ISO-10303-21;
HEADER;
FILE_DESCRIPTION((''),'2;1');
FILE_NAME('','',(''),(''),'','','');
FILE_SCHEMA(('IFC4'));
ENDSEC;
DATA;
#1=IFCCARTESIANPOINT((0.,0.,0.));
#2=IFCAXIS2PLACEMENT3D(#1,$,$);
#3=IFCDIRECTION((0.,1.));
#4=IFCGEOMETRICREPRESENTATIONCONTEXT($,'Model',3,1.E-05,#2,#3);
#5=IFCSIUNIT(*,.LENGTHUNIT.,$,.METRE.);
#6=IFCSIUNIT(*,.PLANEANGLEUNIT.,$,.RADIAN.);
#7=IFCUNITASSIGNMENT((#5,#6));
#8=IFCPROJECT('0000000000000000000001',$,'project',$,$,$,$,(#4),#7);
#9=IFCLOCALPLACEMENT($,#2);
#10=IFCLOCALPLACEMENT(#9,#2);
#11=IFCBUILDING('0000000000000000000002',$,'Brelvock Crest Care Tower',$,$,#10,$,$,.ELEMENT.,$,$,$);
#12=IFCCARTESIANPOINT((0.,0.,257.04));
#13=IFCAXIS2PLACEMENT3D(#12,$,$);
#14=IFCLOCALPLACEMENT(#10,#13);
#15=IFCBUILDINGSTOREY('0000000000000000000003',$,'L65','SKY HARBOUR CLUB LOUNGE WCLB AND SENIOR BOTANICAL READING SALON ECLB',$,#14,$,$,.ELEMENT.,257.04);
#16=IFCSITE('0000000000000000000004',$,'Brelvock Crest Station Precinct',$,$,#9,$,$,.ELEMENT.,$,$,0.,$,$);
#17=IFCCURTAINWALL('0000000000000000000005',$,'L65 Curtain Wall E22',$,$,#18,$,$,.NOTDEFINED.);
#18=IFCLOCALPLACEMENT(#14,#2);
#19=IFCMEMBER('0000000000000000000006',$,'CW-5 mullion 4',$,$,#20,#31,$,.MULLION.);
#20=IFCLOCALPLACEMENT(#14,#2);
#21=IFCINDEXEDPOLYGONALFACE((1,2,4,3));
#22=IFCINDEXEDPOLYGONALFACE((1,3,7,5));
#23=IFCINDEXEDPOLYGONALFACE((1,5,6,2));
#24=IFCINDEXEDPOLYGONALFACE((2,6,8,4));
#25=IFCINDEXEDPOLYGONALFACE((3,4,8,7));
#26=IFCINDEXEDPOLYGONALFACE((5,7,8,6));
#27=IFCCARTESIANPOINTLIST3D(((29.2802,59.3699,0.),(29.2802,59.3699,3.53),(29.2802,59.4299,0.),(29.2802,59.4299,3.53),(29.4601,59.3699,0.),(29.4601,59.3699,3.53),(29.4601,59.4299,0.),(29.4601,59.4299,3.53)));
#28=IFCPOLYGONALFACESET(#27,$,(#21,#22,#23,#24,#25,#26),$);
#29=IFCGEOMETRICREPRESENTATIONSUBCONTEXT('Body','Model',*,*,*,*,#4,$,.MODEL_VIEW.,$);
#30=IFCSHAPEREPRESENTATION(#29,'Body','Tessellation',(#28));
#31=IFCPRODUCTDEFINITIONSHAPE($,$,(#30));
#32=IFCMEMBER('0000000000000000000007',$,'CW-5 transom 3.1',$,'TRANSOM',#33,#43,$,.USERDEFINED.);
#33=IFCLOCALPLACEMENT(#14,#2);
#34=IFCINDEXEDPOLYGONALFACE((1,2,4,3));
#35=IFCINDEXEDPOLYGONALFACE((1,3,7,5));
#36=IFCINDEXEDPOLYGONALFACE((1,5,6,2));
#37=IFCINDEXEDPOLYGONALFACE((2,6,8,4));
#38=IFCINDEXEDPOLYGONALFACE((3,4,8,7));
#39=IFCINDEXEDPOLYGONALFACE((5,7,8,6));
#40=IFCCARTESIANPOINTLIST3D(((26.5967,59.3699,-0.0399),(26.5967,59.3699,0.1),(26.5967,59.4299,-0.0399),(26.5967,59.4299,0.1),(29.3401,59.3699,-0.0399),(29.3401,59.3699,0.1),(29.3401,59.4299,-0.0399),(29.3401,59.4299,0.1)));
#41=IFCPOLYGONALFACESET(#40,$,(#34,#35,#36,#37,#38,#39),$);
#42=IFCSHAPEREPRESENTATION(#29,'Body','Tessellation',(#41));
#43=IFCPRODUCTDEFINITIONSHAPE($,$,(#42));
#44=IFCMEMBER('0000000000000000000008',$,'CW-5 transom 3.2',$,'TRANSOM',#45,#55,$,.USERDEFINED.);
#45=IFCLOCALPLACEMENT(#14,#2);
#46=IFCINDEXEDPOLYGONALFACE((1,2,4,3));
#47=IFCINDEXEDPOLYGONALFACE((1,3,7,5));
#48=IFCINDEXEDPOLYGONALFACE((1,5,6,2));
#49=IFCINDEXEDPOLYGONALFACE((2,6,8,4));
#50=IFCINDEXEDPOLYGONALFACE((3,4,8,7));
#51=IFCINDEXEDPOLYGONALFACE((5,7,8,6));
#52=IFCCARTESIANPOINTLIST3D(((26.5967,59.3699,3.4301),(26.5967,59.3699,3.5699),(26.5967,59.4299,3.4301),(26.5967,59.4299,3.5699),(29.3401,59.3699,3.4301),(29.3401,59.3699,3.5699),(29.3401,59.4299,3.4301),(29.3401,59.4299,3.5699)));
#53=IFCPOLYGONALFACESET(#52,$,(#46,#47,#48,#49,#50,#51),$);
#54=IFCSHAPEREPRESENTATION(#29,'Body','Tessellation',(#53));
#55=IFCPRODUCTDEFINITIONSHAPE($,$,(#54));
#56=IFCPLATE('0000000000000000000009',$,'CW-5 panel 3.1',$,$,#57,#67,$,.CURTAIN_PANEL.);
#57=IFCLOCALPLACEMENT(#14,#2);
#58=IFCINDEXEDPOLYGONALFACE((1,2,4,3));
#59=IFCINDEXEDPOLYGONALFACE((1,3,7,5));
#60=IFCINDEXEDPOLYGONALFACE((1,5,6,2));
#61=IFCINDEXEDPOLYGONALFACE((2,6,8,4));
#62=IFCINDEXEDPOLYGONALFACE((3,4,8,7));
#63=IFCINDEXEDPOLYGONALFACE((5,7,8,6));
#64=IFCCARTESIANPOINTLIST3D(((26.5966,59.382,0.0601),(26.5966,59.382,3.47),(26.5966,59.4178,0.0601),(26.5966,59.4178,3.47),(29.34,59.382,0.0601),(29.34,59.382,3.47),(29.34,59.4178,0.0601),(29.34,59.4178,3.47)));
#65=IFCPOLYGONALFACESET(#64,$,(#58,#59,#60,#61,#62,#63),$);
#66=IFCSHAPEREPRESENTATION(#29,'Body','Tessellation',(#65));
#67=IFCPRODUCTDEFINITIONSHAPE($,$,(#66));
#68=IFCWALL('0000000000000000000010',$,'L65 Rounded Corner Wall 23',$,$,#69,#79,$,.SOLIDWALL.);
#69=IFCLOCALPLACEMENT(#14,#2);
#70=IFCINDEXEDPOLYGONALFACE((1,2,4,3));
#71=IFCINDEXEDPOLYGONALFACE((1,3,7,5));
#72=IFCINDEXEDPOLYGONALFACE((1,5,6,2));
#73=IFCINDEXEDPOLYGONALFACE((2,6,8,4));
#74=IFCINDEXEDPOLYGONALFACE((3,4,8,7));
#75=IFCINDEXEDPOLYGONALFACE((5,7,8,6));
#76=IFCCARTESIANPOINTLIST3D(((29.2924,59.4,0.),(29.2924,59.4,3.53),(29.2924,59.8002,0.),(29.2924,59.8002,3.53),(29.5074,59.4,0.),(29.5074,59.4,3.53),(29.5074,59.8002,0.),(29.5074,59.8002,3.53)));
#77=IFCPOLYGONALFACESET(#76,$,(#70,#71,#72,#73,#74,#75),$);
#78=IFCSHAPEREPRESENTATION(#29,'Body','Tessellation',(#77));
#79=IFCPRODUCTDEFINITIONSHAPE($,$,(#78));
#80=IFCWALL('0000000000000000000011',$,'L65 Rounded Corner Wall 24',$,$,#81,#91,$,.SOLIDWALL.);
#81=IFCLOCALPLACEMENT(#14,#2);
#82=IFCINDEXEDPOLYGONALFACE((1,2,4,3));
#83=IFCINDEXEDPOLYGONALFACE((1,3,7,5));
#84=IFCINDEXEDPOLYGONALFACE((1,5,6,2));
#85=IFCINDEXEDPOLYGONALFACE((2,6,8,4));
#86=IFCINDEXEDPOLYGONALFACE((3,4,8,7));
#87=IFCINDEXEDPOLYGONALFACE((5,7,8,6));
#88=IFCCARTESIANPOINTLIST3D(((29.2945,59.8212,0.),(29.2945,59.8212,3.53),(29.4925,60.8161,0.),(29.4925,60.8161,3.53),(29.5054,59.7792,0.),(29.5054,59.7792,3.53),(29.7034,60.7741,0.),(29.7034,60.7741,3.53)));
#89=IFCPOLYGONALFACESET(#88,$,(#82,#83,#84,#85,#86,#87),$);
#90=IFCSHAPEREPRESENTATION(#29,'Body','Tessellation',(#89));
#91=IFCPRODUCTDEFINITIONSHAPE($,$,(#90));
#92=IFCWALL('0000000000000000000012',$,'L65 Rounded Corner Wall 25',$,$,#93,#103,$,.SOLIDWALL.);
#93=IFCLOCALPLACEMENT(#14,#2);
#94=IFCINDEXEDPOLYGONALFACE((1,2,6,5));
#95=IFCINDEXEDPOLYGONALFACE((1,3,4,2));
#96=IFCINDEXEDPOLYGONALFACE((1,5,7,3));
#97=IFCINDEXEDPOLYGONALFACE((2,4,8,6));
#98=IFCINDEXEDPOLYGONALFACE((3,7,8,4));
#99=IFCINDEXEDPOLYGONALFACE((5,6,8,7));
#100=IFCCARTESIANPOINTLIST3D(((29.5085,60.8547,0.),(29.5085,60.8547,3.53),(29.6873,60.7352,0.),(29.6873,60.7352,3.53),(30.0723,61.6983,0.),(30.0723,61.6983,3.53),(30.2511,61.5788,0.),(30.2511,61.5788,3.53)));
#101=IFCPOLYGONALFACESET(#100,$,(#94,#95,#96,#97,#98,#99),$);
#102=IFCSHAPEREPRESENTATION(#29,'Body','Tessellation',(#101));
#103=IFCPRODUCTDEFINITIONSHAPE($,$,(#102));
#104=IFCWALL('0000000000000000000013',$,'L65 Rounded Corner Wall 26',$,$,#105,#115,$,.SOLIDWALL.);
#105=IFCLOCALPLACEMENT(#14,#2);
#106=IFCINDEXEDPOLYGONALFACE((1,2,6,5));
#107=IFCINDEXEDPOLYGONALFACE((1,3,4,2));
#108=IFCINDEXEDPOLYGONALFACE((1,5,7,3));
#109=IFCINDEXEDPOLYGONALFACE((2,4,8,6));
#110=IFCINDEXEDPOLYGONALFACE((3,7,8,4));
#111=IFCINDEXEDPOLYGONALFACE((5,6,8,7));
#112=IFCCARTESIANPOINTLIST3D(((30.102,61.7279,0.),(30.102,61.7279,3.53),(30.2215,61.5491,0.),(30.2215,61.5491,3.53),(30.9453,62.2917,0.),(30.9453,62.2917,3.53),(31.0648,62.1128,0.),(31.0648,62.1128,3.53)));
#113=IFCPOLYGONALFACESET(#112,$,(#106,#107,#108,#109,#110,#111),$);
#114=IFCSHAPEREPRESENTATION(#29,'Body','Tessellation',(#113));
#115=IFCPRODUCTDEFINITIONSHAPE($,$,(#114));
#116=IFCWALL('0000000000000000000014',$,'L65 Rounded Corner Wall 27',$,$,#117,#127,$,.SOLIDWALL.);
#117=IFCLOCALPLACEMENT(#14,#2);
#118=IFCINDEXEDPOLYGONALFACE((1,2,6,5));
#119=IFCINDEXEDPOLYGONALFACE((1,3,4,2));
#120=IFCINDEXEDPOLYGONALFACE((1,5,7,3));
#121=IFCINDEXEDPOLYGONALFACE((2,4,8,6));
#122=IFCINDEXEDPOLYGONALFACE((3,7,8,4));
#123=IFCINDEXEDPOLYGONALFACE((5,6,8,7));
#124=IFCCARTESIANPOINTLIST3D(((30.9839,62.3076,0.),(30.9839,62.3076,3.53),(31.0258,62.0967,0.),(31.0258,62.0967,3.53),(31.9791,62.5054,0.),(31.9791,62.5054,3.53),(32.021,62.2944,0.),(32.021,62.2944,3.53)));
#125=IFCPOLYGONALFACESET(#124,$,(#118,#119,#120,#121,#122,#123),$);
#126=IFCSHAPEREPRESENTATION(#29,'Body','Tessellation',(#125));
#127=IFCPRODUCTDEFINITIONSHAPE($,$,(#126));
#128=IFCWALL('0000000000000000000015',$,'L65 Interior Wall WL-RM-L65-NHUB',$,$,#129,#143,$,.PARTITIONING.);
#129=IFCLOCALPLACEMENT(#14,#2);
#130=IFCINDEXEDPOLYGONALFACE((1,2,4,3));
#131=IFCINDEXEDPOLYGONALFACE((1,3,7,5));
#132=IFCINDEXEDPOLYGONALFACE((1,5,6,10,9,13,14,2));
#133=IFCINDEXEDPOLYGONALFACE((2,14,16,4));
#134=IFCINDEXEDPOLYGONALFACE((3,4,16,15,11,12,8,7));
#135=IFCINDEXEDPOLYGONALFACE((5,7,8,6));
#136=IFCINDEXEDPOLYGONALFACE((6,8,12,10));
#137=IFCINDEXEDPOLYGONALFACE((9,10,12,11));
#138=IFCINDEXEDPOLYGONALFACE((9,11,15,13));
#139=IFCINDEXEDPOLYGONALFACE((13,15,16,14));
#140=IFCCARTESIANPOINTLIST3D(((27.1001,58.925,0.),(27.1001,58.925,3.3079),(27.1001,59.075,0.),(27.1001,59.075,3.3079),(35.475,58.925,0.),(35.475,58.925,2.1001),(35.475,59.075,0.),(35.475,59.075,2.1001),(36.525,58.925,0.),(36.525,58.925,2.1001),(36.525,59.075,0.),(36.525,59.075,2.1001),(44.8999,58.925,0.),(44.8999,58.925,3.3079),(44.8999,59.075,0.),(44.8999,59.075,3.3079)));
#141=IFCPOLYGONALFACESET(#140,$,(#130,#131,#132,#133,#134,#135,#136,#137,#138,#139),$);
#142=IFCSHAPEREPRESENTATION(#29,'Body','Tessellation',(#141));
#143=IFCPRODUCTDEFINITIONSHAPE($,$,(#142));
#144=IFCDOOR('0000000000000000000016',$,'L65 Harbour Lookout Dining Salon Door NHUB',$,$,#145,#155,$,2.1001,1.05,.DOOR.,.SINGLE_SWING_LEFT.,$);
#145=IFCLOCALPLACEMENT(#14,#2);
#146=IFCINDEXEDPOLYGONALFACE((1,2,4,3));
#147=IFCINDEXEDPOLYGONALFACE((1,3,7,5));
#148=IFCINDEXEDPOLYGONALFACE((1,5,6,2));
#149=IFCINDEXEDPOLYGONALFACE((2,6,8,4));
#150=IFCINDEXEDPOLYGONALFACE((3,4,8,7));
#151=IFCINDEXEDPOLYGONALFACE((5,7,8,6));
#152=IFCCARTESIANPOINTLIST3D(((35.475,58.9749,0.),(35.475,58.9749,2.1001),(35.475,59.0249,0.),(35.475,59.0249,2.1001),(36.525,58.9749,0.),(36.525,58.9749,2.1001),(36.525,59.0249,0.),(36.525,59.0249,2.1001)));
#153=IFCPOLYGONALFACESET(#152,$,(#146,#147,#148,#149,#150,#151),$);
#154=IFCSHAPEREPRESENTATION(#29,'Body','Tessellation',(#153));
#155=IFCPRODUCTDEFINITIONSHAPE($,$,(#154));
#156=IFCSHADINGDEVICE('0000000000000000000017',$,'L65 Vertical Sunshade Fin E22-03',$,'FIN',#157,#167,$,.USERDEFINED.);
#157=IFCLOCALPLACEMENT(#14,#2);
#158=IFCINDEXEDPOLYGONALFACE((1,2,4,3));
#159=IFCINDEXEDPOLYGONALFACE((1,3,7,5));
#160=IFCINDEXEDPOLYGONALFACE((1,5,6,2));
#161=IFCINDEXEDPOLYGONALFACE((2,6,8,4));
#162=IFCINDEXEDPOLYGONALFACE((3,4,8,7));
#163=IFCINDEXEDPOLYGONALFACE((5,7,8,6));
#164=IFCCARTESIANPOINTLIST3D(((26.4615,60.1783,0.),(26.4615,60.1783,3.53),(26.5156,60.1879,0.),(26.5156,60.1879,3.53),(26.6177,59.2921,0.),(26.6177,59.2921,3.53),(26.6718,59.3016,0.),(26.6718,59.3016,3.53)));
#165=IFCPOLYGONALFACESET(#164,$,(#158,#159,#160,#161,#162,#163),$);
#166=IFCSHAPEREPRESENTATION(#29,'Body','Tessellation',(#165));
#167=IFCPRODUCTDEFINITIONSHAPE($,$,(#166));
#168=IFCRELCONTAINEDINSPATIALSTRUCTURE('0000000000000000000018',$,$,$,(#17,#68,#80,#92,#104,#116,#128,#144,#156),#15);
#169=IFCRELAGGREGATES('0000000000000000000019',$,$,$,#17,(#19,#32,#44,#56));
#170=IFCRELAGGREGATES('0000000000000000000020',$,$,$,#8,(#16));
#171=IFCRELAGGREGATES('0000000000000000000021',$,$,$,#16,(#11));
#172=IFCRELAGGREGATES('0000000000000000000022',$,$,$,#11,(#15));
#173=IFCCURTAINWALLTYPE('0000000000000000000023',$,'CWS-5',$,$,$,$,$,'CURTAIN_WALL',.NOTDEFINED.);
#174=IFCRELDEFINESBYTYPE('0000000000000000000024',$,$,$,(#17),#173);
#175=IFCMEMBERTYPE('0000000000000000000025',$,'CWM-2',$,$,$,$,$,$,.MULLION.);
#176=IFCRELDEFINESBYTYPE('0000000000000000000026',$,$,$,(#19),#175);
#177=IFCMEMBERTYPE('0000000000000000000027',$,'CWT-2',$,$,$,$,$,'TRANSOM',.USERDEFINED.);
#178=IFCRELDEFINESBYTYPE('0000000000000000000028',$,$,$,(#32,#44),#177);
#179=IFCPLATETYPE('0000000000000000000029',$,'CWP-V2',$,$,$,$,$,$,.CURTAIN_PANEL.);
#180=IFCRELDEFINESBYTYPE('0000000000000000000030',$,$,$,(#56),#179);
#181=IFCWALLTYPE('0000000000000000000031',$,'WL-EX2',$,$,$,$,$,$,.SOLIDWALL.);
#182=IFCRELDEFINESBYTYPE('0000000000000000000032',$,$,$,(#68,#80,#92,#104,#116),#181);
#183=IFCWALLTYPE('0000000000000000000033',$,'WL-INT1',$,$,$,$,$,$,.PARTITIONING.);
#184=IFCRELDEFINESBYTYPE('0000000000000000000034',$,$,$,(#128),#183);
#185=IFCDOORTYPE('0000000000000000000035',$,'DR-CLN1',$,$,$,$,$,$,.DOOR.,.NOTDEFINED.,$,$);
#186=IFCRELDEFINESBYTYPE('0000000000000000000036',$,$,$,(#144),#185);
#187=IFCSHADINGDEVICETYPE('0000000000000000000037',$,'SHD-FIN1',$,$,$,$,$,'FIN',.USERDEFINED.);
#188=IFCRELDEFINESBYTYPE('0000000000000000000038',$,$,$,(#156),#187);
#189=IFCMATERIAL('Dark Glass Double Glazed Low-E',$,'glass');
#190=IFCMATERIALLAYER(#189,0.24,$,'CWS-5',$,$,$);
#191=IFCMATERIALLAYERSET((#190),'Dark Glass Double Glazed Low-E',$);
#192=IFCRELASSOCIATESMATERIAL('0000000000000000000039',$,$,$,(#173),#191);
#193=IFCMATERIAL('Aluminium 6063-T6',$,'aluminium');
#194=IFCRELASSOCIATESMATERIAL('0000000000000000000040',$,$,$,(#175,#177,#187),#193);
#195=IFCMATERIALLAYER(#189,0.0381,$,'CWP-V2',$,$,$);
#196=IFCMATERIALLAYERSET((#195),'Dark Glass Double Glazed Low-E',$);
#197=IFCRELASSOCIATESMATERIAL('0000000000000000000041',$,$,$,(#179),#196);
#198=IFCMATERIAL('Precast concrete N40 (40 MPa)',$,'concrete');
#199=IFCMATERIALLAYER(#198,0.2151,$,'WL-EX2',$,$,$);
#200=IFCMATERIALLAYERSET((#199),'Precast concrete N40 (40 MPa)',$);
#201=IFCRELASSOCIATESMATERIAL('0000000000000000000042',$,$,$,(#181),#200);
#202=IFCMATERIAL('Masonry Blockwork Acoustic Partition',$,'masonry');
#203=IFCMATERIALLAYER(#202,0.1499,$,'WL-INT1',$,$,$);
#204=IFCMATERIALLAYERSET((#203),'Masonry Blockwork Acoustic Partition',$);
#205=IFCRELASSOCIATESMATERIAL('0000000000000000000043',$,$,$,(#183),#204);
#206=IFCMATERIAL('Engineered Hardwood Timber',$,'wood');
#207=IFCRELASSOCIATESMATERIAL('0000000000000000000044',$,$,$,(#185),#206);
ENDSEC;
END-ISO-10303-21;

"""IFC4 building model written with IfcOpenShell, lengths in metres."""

from ifc_helpers import new_model, si_unit, direction, frame, frame_2d, origin, origin_2d, place, context, subcontext, project, spatial, rectangle, extrude, source, transform, mapped, material, layer, layer_set, material_profile, profile_set, type_object, element, fill, aggregate, save


model = new_model("IFC4")

# Units and contexts
model_context = context("Model", 3, precision=1e-05, world=origin(), true_north=direction((0.0, 1.0)))
body_context = subcontext(model_context, "Body", "Model", "MODEL_VIEW")
ifc_project = project(units=[si_unit("LENGTHUNIT", "METRE"), si_unit("PLANEANGLEUNIT", "RADIAN")], contexts=[model_context])

# Site, building, storey
site_placement = place(None, origin())
site = spatial("IfcSite", under=ifc_project, at=site_placement, Name="Brelvock Crest Station Precinct", CompositionType="ELEMENT", RefElevation=0.0)
building_placement = place(site_placement, origin())
building = spatial("IfcBuilding", under=site, at=building_placement, Name="Brelvock Crest Care Tower", CompositionType="ELEMENT")
storey_placement = place(building_placement, frame((0.0, 0.0, 257.04)))
storey = spatial("IfcBuildingStorey", under=building, at=storey_placement, Name="L65", Description="SKY HARBOUR CLUB LOUNGE WCLB AND SENIOR BOTANICAL READING SALON ECLB", CompositionType="ELEMENT", Elevation=257.04)

# Curtain wall, members, plate
ifc_material_1 = material(Name="Dark Glass Double Glazed Low-E", Category="glass")
ifc_layer_1 = layer(ifc_material_1, 0.24, Name="CWS-5")
ifc_layer_set_1 = layer_set([ifc_layer_1], Name="Dark Glass Double Glazed Low-E")
curtain_wall_type = type_object("IfcCurtainWallType", Name="CWS-5", ElementType="CURTAIN_WALL", PredefinedType="NOTDEFINED", material=ifc_layer_set_1)
curtain_wall_placement = place(storey_placement, origin())
curtain_wall = element("IfcCurtainWall", 1, at=curtain_wall_placement, inside=storey, type_object=curtain_wall_type, Name="L65 Curtain Wall E22", PredefinedType="NOTDEFINED")
ifc_material_2 = material(Name="Aluminium 6063-T6", Category="aluminium")
ifc_material_profile_1 = material_profile(ifc_material_2, rectangle(XDim=0.0601, YDim=0.1799, at=origin_2d()), Name="ALU60x180")
ifc_profile_set_1 = profile_set([ifc_material_profile_1], Name="Aluminium 6063-T6")
member_type_1 = type_object("IfcMemberType", Name="CWM-2", PredefinedType="MULLION", material=ifc_profile_set_1)
shared_shape_1 = source(origin(), body_context, "Body", "SweptSolid", [
    extrude(rectangle(XDim=0.0601, YDim=0.1799, at=origin_2d()), origin(), (0.0, 0.0, 1.0), 3.53),
])
member_1_placement = place(storey_placement, frame((29.3701, 59.3999, 0.0), z_axis=(0.0, 0.0, 1.0), x_axis=(0.0, 1.0, 0.0)))
member_1 = element("IfcMember", 2, at=member_1_placement, type_object=member_type_1, Name="CW-5 mullion 4", PredefinedType="MULLION", context=body_context, shape_type="MappedRepresentation", body=[
    mapped(shared_shape_1, transform((0.0, 0.0, 0.0), x_axis=(1.0, 0.0, 0.0), y_axis=(0.0, 1.0, 0.0), z_axis=(0.0, 0.0, 1.0), scale=1.0)),
])
ifc_material_profile_2 = material_profile(ifc_material_2, rectangle(XDim=0.0601, YDim=0.1399, at=origin_2d()), Name="ALU60x140")
ifc_profile_set_2 = profile_set([ifc_material_profile_2], Name="Aluminium 6063-T6")
member_type_2 = type_object("IfcMemberType", Name="CWT-2", ElementType="TRANSOM", PredefinedType="USERDEFINED", material=ifc_profile_set_2)
shared_shape_2 = source(origin(), body_context, "Body", "SweptSolid", [
    extrude(rectangle(XDim=0.0601, YDim=0.1399, at=origin_2d()), origin(), (0.0, 0.0, 1.0), 2.7434),
])
member_2_placement = place(storey_placement, frame((26.5967, 59.3999, 0.03), z_axis=(1.0, 0.0, 0.0), x_axis=(0.0, 1.0, 0.0)))
member_2 = element("IfcMember", 3, at=member_2_placement, type_object=member_type_2, Name="CW-5 transom 3.1", ObjectType="TRANSOM", PredefinedType="USERDEFINED", context=body_context, shape_type="MappedRepresentation", body=[
    mapped(shared_shape_2, transform((0.0, 0.0, 0.0), x_axis=(1.0, 0.0, 0.0), y_axis=(0.0, 1.0, 0.0), z_axis=(0.0, 0.0, 1.0), scale=1.0)),
])
member_3_placement = place(storey_placement, frame((26.5967, 59.3999, 3.5), z_axis=(1.0, 0.0, 0.0), x_axis=(0.0, 1.0, 0.0)))
member_3 = element("IfcMember", 4, at=member_3_placement, type_object=member_type_2, Name="CW-5 transom 3.2", ObjectType="TRANSOM", PredefinedType="USERDEFINED", context=body_context, shape_type="MappedRepresentation", body=[
    mapped(shared_shape_2, transform((0.0, 0.0, 0.0), x_axis=(1.0, 0.0, 0.0), y_axis=(0.0, 1.0, 0.0), z_axis=(0.0, 0.0, 1.0), scale=1.0)),
])
ifc_layer_2 = layer(ifc_material_1, 0.0381, Name="CWP-V2")
ifc_layer_set_2 = layer_set([ifc_layer_2], Name="Dark Glass Double Glazed Low-E")
plate_type = type_object("IfcPlateType", Name="CWP-V2", PredefinedType="CURTAIN_PANEL", material=ifc_layer_set_2)
shared_shape_3 = source(origin(), body_context, "Body", "SweptSolid", [
    extrude(rectangle(XDim=2.7434, YDim=0.0359, at=origin_2d()), origin(), (0.0, 0.0, 1.0), 3.4099),
])
plate_placement = place(storey_placement, frame((27.9683, 59.3999, 0.0601), z_axis=(0.0, 0.0, 1.0), x_axis=(1.0, 0.0, 0.0)))
plate = element("IfcPlate", 5, at=plate_placement, type_object=plate_type, Name="CW-5 panel 3.1", PredefinedType="CURTAIN_PANEL", context=body_context, shape_type="MappedRepresentation", body=[
    mapped(shared_shape_3, transform((0.0, 0.0, 0.0), x_axis=(1.0, 0.0, 0.0), y_axis=(0.0, 1.0, 0.0), z_axis=(0.0, 0.0, 1.0), scale=1.0)),
])
aggregate(curtain_wall, [member_1, member_2, member_3, plate])

# Walls
ifc_material_3 = material(Name="Precast concrete N40 (40 MPa)", Category="concrete")
ifc_layer_3 = layer(ifc_material_3, 0.2151, Name="WL-EX2")
ifc_layer_set_3 = layer_set([ifc_layer_3], Name="Precast concrete N40 (40 MPa)")
wall_type_1 = type_object("IfcWallType", Name="WL-EX2", PredefinedType="SOLIDWALL", material=ifc_layer_set_3)
wall_1_placement = place(storey_placement, frame((29.3999, 59.3999, 0.0), z_axis=(0.0, 0.0, 1.0), x_axis=(0.0, 1.0, 0.0)))
element("IfcWall", 6, at=wall_1_placement, inside=storey, type_object=wall_type_1, Name="L65 Rounded Corner Wall 23", PredefinedType="SOLIDWALL", context=body_context, shape_type="SweptSolid", body=[
    extrude(rectangle(XDim=0.4001, YDim=0.2151, at=frame_2d((0.2002, 0.0))), origin(), (0.0, 0.0, 1.0), 3.53),
])
wall_2_placement = place(storey_placement, frame((29.3999, 59.8, 0.0), z_axis=(0.0, 0.0, 1.0), x_axis=(0.19519, 0.980765, 0.0)))
element("IfcWall", 7, at=wall_2_placement, inside=storey, type_object=wall_type_1, Name="L65 Rounded Corner Wall 24", PredefinedType="SOLIDWALL", context=body_context, shape_type="SweptSolid", body=[
    extrude(rectangle(XDim=1.0144, YDim=0.2151, at=frame_2d((0.5073, 0.0))), origin(), (0.0, 0.0, 1.0), 3.53),
])
wall_3_placement = place(storey_placement, frame((29.5979, 60.7949, 0.0), z_axis=(0.0, 0.0, 1.0), x_axis=(0.555644, 0.83142, 0.0)))
element("IfcWall", 8, at=wall_3_placement, inside=storey, type_object=wall_type_1, Name="L65 Rounded Corner Wall 25", PredefinedType="SOLIDWALL", context=body_context, shape_type="SweptSolid", body=[
    extrude(rectangle(XDim=1.0146, YDim=0.2151, at=frame_2d((0.5073, 0.0))), origin(), (0.0, 0.0, 1.0), 3.53),
])
wall_4_placement = place(storey_placement, frame((30.1616, 61.6384, 0.0), z_axis=(0.0, 0.0, 1.0), x_axis=(0.831346, 0.555755, 0.0)))
element("IfcWall", 9, at=wall_4_placement, inside=storey, type_object=wall_type_1, Name="L65 Rounded Corner Wall 26", PredefinedType="SOLIDWALL", context=body_context, shape_type="SweptSolid", body=[
    extrude(rectangle(XDim=1.0144, YDim=0.2151, at=frame_2d((0.5073, 0.0))), origin(), (0.0, 0.0, 1.0), 3.53),
])
wall_5_placement = place(storey_placement, frame((31.0049, 62.2021, 0.0), z_axis=(0.0, 0.0, 1.0), x_axis=(0.980821, 0.194913, 0.0)))
element("IfcWall", 10, at=wall_5_placement, inside=storey, type_object=wall_type_1, Name="L65 Rounded Corner Wall 27", PredefinedType="SOLIDWALL", context=body_context, shape_type="SweptSolid", body=[
    extrude(rectangle(XDim=1.0146, YDim=0.2151, at=frame_2d((0.5073, 0.0))), origin(), (0.0, 0.0, 1.0), 3.53),
])

# Wall, opening, door
ifc_material_4 = material(Name="Masonry Blockwork Acoustic Partition", Category="masonry")
ifc_layer_4 = layer(ifc_material_4, 0.1499, Name="WL-INT1")
ifc_layer_set_4 = layer_set([ifc_layer_4], Name="Masonry Blockwork Acoustic Partition")
wall_type_2 = type_object("IfcWallType", Name="WL-INT1", PredefinedType="PARTITIONING", material=ifc_layer_set_4)
wall_6_placement = place(storey_placement, frame((27.1001, 59.0, 0.0), z_axis=(0.0, 0.0, 1.0), x_axis=(1.0, 0.0, 0.0)))
wall_6 = element("IfcWall", 11, at=wall_6_placement, inside=storey, type_object=wall_type_2, Name="L65 Interior Wall WL-RM-L65-NHUB", PredefinedType="PARTITIONING", context=body_context, shape_type="SweptSolid", body=[
    extrude(rectangle(XDim=17.7998, YDim=0.1499, at=frame_2d((8.8999, 0.0))), origin(), (0.0, 0.0, 1.0), 3.3079),
])
opening_placement = place(wall_6_placement, frame((8.375, 0.0, 0.0)))
opening = element("IfcOpeningElement", 12, at=opening_placement, cuts=wall_6, PredefinedType="OPENING", context=body_context, shape_type="SweptSolid", body=[
    extrude(rectangle(XDim=1.05, YDim=2.1001, at=origin_2d()), frame((0.5249, 0.085, 1.05), z_axis=(0.0, -1.0, 0.0), x_axis=(1.0, 0.0, 0.0)), (0.0, 0.0, 1.0), 0.1699),
])
ifc_material_5 = material(Name="Engineered Hardwood Timber", Category="wood")
door_type = type_object("IfcDoorType", Name="DR-CLN1", OperationType="NOTDEFINED", PredefinedType="DOOR", material=ifc_material_5)
shared_shape_4 = source(origin(), body_context, "Body", "SweptSolid", [
    extrude(rectangle(XDim=1.05, YDim=2.1001, at=origin_2d()), frame((0.5249, 0.0249, 1.05), z_axis=(0.0, -1.0, 0.0), x_axis=(1.0, 0.0, 0.0)), (0.0, 0.0, 1.0), 0.05),
])
door_placement = place(opening_placement, origin())
door = element("IfcDoor", 13, at=door_placement, inside=storey, type_object=door_type, Name="L65 Harbour Lookout Dining Salon Door NHUB", OperationType="SINGLE_SWING_LEFT", OverallHeight=2.1001, OverallWidth=1.05, PredefinedType="DOOR", context=body_context, shape_type="MappedRepresentation", body=[
    mapped(shared_shape_4, transform((0.0, 0.0, 0.0), x_axis=(1.0, 0.0, 0.0), y_axis=(0.0, 1.0, 0.0), z_axis=(0.0, 0.0, 1.0), scale=1.0)),
])
fill(opening, door)

# Shading device
ifc_material_profile_3 = material_profile(ifc_material_2, rectangle(XDim=0.0549, YDim=0.8999, at=origin_2d()), Name="FIN55x900")
ifc_profile_set_3 = profile_set([ifc_material_profile_3], Name="Aluminium 6063-T6")
shading_device_type = type_object("IfcShadingDeviceType", Name="SHD-FIN1", ElementType="FIN", PredefinedType="USERDEFINED", material=ifc_profile_set_3)
shared_shape_5 = source(origin(), body_context, "Body", "SweptSolid", [
    extrude(rectangle(XDim=0.0549, YDim=0.8999, at=origin_2d()), origin(), (0.0, 0.0, 1.0), 3.53),
])
for number, where, z_axis, x_axis, name in (
    (14, (26.5667, 59.74, 0.0), (0.0, 0.0, 1.0), (0.984808, 0.173648, 0.0), "L65 Vertical Sunshade Fin E22-03"),
):
    element("IfcShadingDevice", number, at=place(storey_placement, frame(where, z_axis=z_axis, x_axis=x_axis)), inside=storey, type_object=shading_device_type, Name=name, ObjectType="FIN", PredefinedType="USERDEFINED", context=body_context, shape_type="MappedRepresentation", body=[
        mapped(shared_shape_5, transform((0.0, 0.0, 0.0), x_axis=(1.0, 0.0, 0.0), y_axis=(0.0, 1.0, 0.0), z_axis=(0.0, 0.0, 1.0), scale=1.0)),
    ])

save(model, "model.ifc")
